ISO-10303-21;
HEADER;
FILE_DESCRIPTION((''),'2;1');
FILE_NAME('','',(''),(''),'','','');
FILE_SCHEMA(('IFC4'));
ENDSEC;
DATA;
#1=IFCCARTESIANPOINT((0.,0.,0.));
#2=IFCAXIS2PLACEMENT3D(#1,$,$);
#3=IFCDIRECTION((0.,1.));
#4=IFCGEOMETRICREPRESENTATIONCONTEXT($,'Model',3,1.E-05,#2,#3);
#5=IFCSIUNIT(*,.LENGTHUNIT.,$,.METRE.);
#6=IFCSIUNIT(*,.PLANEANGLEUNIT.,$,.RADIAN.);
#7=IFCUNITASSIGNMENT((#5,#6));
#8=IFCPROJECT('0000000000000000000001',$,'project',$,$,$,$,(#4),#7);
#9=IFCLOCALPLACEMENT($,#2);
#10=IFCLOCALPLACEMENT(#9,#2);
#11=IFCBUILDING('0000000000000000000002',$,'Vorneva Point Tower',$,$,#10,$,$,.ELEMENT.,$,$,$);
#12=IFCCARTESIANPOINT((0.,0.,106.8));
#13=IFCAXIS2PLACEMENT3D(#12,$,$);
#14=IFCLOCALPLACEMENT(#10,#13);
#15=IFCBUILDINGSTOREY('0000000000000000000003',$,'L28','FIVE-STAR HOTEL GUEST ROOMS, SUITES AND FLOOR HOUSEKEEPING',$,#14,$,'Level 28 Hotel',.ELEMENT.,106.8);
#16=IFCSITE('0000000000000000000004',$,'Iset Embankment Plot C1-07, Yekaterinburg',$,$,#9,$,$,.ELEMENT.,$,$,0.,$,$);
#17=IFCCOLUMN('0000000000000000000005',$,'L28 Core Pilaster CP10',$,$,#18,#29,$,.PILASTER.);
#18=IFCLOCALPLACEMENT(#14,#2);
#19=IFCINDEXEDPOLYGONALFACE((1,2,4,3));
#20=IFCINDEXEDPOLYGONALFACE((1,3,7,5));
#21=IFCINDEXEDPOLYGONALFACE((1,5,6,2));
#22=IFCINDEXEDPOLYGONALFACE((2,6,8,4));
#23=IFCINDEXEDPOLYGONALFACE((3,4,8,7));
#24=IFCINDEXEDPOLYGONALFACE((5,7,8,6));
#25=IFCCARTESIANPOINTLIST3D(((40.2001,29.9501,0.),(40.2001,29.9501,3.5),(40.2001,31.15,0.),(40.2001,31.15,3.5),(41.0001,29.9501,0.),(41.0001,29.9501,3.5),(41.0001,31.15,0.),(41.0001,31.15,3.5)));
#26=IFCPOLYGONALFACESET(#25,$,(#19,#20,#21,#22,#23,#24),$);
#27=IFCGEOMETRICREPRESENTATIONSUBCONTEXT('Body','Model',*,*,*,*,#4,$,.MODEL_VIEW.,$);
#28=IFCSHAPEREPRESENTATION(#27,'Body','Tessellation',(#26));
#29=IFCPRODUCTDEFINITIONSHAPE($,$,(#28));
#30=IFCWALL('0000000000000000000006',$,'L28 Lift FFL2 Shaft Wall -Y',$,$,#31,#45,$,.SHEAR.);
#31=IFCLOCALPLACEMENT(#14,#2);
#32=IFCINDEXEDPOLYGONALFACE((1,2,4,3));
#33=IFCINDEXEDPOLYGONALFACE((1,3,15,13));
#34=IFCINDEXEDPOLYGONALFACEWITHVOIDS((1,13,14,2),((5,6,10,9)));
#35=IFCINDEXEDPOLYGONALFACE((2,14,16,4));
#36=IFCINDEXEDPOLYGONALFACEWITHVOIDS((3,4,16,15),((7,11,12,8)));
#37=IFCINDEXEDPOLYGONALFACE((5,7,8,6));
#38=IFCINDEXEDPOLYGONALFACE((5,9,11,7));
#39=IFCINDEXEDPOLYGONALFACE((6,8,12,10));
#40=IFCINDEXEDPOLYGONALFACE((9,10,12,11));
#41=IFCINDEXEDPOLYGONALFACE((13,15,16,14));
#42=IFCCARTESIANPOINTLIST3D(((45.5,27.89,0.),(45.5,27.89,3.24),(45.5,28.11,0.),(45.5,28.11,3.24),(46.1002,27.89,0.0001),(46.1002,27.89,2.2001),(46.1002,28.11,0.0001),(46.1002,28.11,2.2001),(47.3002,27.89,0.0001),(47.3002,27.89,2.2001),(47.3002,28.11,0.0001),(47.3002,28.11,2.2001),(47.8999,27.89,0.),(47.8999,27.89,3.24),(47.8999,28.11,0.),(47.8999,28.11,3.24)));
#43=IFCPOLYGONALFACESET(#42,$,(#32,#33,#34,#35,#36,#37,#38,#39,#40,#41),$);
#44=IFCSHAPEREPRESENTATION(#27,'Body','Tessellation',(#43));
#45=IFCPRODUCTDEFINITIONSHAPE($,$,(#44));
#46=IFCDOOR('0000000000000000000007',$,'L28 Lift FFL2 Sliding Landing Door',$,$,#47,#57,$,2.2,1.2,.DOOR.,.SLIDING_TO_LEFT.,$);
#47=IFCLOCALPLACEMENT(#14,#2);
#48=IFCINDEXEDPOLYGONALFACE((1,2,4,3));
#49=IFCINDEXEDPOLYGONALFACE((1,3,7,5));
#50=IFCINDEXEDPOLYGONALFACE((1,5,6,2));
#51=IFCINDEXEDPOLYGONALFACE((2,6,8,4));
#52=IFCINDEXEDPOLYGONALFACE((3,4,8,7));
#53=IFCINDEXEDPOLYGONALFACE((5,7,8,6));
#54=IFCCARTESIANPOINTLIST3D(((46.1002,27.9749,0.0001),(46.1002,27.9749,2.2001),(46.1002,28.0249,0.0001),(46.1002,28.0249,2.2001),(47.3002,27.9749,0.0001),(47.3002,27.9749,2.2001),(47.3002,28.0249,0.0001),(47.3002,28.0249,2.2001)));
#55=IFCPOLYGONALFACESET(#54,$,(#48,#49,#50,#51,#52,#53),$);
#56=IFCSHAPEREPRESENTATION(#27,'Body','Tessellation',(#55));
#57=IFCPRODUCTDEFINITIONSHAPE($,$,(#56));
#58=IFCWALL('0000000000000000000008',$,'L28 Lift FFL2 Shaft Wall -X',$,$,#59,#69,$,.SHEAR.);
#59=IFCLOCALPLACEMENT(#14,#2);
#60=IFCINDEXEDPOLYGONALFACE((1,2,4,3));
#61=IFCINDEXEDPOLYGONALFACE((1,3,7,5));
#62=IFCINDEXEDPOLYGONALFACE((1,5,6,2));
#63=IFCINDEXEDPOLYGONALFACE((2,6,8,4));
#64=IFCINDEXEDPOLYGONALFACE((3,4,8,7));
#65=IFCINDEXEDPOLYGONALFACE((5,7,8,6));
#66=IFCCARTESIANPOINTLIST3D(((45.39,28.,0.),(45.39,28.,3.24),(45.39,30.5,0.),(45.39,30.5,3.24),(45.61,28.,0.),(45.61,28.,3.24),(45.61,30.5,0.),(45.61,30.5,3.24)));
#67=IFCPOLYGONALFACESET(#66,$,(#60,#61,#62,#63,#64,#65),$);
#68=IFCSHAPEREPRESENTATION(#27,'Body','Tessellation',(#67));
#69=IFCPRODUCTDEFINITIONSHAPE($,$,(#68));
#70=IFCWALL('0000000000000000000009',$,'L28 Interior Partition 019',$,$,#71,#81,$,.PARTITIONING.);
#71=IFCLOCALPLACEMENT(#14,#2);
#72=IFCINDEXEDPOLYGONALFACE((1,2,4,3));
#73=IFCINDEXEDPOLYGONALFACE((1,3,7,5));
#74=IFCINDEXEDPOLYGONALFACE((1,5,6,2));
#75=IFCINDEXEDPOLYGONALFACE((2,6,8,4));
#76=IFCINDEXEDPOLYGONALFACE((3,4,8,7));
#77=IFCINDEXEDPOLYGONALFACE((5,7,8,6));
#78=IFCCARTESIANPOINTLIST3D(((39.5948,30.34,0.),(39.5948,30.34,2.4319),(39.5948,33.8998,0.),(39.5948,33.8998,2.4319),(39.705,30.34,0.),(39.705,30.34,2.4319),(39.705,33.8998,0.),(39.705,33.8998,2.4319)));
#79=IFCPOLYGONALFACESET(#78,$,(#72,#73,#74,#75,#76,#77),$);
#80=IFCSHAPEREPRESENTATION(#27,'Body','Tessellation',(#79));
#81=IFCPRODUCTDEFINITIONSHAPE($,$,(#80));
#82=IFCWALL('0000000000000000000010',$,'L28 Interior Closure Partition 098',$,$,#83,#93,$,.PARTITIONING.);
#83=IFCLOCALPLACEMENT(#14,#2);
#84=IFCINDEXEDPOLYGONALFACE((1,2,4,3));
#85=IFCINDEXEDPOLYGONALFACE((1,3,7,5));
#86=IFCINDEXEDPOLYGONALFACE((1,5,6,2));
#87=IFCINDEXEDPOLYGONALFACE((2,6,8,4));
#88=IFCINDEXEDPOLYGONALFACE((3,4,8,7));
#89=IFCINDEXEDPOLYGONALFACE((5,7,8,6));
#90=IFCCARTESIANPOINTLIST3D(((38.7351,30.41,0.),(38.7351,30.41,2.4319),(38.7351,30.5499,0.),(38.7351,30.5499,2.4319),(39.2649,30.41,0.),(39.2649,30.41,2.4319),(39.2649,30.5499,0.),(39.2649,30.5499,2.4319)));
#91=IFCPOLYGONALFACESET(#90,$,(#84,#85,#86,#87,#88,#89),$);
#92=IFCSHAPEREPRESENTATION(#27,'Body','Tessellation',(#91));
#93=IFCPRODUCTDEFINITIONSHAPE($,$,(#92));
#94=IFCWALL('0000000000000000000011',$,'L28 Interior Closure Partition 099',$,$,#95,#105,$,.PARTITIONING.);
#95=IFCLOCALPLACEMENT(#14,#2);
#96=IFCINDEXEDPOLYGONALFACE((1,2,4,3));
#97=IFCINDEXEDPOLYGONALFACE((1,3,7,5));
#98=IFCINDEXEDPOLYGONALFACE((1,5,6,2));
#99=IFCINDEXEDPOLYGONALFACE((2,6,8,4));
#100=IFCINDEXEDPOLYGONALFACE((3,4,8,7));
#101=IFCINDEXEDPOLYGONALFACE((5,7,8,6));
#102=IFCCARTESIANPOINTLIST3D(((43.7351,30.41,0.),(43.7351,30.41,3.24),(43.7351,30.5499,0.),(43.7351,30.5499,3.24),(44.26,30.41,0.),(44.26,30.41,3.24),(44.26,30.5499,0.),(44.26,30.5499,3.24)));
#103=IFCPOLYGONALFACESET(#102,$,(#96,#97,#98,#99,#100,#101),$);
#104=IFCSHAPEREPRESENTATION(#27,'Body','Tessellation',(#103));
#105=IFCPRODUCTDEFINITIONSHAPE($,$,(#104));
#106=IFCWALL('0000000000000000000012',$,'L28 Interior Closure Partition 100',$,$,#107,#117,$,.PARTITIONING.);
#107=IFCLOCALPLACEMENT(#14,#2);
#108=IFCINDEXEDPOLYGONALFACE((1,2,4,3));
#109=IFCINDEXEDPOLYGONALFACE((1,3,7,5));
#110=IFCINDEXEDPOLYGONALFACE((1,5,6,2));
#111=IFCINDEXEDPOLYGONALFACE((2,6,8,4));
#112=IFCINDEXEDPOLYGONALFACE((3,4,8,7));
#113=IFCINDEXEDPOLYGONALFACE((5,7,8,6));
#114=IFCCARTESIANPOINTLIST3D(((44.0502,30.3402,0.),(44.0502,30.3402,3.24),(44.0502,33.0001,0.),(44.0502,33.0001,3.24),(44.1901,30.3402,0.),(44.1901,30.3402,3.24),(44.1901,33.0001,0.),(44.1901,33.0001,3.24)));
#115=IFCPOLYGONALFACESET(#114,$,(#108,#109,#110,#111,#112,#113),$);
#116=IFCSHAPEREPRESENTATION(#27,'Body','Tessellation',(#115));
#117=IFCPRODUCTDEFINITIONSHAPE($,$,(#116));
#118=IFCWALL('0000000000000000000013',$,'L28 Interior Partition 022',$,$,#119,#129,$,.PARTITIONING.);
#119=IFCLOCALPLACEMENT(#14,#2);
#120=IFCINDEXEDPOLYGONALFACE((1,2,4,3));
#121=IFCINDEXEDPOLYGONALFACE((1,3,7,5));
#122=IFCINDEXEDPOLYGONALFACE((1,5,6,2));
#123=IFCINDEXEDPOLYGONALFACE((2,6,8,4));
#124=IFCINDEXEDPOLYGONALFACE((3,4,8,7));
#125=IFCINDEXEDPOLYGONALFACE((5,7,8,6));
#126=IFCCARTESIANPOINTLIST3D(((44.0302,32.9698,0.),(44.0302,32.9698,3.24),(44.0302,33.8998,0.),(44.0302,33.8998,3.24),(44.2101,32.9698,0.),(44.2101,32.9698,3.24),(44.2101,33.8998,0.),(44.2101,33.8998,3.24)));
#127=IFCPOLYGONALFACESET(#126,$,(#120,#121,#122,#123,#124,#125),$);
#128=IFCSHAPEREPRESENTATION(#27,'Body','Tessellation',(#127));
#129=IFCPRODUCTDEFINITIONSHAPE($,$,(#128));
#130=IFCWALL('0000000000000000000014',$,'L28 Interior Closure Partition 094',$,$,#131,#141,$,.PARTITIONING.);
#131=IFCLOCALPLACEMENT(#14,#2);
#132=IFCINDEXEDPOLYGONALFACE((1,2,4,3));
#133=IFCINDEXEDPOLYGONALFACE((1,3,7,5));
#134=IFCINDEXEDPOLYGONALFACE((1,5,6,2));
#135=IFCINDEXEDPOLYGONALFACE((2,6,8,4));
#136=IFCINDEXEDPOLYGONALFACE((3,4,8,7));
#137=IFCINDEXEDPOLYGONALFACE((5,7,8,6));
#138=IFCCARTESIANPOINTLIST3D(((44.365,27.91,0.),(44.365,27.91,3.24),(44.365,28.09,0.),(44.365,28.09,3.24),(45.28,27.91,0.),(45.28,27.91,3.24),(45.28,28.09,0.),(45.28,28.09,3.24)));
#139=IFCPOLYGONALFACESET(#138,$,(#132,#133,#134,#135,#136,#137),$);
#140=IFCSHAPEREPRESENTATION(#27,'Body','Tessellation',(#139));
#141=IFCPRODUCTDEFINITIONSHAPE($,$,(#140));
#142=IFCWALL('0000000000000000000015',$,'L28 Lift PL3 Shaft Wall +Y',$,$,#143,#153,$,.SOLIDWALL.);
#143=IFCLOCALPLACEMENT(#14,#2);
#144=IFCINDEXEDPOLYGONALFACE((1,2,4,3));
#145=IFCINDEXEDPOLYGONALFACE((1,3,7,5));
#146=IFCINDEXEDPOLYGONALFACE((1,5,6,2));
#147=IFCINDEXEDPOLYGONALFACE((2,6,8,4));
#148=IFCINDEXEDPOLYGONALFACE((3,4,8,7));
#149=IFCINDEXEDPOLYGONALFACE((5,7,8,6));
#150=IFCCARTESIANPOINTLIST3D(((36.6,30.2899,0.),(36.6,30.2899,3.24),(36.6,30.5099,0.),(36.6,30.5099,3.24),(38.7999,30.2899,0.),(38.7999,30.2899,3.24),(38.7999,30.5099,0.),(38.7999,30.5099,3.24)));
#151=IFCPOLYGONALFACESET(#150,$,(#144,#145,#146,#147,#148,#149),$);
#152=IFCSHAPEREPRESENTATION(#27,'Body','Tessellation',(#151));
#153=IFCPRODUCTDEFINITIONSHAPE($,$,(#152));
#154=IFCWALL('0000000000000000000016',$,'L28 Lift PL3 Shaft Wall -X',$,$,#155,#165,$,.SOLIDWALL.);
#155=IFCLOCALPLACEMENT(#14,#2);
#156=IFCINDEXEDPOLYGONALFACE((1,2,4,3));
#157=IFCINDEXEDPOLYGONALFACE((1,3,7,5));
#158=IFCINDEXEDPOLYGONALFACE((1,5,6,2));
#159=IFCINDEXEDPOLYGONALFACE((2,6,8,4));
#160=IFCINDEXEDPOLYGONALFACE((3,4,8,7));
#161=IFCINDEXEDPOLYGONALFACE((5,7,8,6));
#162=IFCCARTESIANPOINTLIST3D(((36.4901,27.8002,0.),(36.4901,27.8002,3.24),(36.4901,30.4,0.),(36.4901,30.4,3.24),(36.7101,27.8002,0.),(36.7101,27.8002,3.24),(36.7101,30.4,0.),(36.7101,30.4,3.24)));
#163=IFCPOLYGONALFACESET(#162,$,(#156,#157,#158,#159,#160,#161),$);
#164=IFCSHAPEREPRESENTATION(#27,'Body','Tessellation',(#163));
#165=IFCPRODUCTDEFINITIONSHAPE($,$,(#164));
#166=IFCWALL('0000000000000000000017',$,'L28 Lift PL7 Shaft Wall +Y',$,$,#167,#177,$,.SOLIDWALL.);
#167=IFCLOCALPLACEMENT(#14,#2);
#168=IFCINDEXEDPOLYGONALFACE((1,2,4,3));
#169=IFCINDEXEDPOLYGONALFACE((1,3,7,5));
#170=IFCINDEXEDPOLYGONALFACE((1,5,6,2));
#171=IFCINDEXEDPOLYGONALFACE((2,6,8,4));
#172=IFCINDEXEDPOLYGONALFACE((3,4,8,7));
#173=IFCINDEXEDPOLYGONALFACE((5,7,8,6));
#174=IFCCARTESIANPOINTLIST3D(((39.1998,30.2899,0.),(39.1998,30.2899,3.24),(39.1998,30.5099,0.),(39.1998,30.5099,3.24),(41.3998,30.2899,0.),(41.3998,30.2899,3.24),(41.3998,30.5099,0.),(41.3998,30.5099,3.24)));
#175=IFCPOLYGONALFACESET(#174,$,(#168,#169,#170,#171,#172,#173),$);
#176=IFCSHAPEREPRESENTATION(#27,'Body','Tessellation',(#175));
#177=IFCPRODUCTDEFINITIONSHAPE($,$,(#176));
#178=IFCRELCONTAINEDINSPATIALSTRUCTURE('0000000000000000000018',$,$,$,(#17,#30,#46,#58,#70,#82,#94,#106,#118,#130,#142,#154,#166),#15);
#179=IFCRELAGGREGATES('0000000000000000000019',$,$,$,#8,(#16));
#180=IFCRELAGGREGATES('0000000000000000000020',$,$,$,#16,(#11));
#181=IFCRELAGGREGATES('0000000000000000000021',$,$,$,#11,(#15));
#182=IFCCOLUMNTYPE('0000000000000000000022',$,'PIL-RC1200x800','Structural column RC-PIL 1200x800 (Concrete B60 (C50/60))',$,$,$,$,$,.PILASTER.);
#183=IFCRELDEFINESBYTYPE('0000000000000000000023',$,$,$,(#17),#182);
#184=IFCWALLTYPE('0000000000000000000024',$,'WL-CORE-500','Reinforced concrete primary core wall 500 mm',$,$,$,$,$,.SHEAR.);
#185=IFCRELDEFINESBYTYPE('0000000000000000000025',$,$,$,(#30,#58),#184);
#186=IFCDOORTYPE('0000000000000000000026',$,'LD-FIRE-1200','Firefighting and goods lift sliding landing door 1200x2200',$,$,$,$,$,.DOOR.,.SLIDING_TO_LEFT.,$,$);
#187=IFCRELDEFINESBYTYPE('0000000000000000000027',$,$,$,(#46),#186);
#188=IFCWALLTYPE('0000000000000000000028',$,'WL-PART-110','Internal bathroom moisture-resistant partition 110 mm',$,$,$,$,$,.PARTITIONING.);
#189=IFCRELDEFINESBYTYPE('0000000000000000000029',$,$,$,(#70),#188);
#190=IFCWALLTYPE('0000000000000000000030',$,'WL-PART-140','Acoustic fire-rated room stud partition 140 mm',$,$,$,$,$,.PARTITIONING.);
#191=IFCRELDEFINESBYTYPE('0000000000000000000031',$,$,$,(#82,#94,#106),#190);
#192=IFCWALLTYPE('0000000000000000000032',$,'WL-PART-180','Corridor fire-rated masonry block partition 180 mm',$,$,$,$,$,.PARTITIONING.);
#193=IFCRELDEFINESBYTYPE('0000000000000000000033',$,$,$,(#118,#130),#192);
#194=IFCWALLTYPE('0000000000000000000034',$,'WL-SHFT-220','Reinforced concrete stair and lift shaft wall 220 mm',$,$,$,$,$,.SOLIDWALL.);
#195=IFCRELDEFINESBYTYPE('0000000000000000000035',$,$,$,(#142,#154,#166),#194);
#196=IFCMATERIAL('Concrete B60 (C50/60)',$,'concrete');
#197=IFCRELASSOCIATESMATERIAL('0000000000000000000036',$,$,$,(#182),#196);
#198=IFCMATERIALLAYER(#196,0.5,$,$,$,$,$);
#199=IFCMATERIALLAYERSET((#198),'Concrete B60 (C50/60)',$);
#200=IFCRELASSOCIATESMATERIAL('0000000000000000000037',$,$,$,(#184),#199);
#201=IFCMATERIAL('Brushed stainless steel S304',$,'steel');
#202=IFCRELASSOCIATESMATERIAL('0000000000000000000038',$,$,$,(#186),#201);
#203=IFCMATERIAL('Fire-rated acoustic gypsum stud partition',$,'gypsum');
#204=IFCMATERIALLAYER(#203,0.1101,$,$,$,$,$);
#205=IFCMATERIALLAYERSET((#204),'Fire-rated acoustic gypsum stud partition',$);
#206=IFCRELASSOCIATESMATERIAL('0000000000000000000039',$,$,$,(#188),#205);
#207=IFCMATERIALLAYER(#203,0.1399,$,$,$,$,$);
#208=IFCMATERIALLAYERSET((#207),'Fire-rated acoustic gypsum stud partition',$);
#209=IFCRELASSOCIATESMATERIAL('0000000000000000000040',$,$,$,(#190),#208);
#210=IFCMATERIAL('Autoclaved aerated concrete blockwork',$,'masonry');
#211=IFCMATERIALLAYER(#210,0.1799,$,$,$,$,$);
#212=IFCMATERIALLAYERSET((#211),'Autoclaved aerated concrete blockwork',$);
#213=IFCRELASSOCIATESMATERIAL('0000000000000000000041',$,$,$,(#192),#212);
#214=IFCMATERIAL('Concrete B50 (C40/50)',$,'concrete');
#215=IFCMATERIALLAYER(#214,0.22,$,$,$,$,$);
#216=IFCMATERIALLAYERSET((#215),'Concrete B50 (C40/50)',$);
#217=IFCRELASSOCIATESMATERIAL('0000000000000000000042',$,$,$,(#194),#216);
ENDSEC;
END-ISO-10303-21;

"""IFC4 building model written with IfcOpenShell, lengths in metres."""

from ifc_helpers import new_model, si_unit, direction, frame, frame_2d, origin, origin_2d, place, context, subcontext, project, spatial, rectangle, extrude, material, layer, layer_set, material_profile, profile_set, type_object, element, fill, save


model = new_model("IFC4")

# Units and contexts
model_context = context("Model", 3, precision=1e-05, world=origin(), true_north=direction((0.0, 1.0)))
body_context = subcontext(model_context, "Body", "Model", "MODEL_VIEW")
ifc_project = project(units=[si_unit("LENGTHUNIT", "METRE"), si_unit("PLANEANGLEUNIT", "RADIAN")], contexts=[model_context])

# Site, building, storey
site_placement = place(None, origin())
site = spatial("IfcSite", under=ifc_project, at=site_placement, Name="Iset Embankment Plot C1-07, Yekaterinburg", CompositionType="ELEMENT", RefElevation=0.0)
building_placement = place(site_placement, origin())
building = spatial("IfcBuilding", under=site, at=building_placement, Name="Vorneva Point Tower", CompositionType="ELEMENT")
storey_placement = place(building_placement, frame((0.0, 0.0, 106.8)))
storey = spatial("IfcBuildingStorey", under=building, at=storey_placement, Name="L28", Description="FIVE-STAR HOTEL GUEST ROOMS, SUITES AND FLOOR HOUSEKEEPING", LongName="Level 28 Hotel", CompositionType="ELEMENT", Elevation=106.8)

# Column
ifc_material_1 = material(Name="Concrete B60 (C50/60)", Category="concrete")
ifc_material_profile = material_profile(ifc_material_1, rectangle(XDim=0.8, YDim=1.2, at=origin_2d()), Name="RC-PIL 1200x800")
ifc_profile_set = profile_set([ifc_material_profile], Name="Concrete B60 (C50/60)")
column_type = type_object("IfcColumnType", Name="PIL-RC1200x800", Description="Structural column RC-PIL 1200x800 (Concrete B60 (C50/60))", PredefinedType="PILASTER", material=ifc_profile_set)
column_placement = place(storey_placement, frame((40.6001, 30.55, 0.0), z_axis=(0.0, 0.0, 1.0), x_axis=(1.0, 0.0, 0.0)))
element("IfcColumn", 1, at=column_placement, inside=storey, type_object=column_type, Name="L28 Core Pilaster CP10", PredefinedType="PILASTER", context=body_context, shape_type="SweptSolid", body=[
    extrude(rectangle(XDim=0.8, YDim=1.2, at=origin_2d()), origin(), (0.0, 0.0, 1.0), 3.5),
])

# Wall, opening, door
ifc_layer_1 = layer(ifc_material_1, 0.5)
ifc_layer_set_1 = layer_set([ifc_layer_1], Name="Concrete B60 (C50/60)")
wall_type_1 = type_object("IfcWallType", Name="WL-CORE-500", Description="Reinforced concrete primary core wall 500 mm", PredefinedType="SHEAR", material=ifc_layer_set_1)
wall_1_placement = place(storey_placement, frame((45.5, 28.0, 0.0), z_axis=(0.0, 0.0, 1.0), x_axis=(1.0, 0.0, 0.0)))
wall_1 = element("IfcWall", 2, at=wall_1_placement, inside=storey, type_object=wall_type_1, Name="L28 Lift FFL2 Shaft Wall -Y", PredefinedType="SHEAR", context=body_context, shape_type="SweptSolid", body=[
    extrude(rectangle(XDim=2.3999, YDim=0.22, at=frame_2d((1.2, 0.0))), origin(), (0.0, 0.0, 1.0), 3.24),
])
opening_placement = place(wall_1_placement, frame((0.6001, 0.0, 0.0)))
opening = element("IfcOpeningElement", 3, at=opening_placement, cuts=wall_1, PredefinedType="OPENING", context=body_context, shape_type="SweptSolid", body=[
    extrude(rectangle(XDim=1.2, YDim=2.2, at=frame_2d((0.6001, 1.1001))), frame((0.0, 0.125, 0.0), z_axis=(0.0, -1.0, 0.0), x_axis=(1.0, 0.0, 0.0)), (0.0, 0.0, 1.0), 0.2498),
])
ifc_material_2 = material(Name="Brushed stainless steel S304", Category="steel")
door_type = type_object("IfcDoorType", Name="LD-FIRE-1200", Description="Firefighting and goods lift sliding landing door 1200x2200", OperationType="SLIDING_TO_LEFT", PredefinedType="DOOR", material=ifc_material_2)
door_placement = place(opening_placement, origin())
door = element("IfcDoor", 4, at=door_placement, inside=storey, type_object=door_type, Name="L28 Lift FFL2 Sliding Landing Door", OperationType="SLIDING_TO_LEFT", OverallHeight=2.2, OverallWidth=1.2, PredefinedType="DOOR", context=body_context, shape_type="SweptSolid", body=[
    extrude(rectangle(XDim=1.2, YDim=2.2, at=frame_2d((0.6001, 1.1001))), frame((0.0, 0.0249, 0.0), z_axis=(0.0, -1.0, 0.0), x_axis=(1.0, 0.0, 0.0)), (0.0, 0.0, 1.0), 0.05),
])
fill(opening, door)

# Walls
wall_2_placement = place(storey_placement, frame((45.5, 30.5, 0.0), z_axis=(0.0, 0.0, 1.0), x_axis=(0.0, -1.0, 0.0)))
element("IfcWall", 5, at=wall_2_placement, inside=storey, type_object=wall_type_1, Name="L28 Lift FFL2 Shaft Wall -X", PredefinedType="SHEAR", context=body_context, shape_type="SweptSolid", body=[
    extrude(rectangle(XDim=2.5, YDim=0.22, at=frame_2d((1.25, 0.0))), origin(), (0.0, 0.0, 1.0), 3.24),
])
ifc_material_3 = material(Name="Fire-rated acoustic gypsum stud partition", Category="gypsum")
ifc_layer_2 = layer(ifc_material_3, 0.1101)
ifc_layer_set_2 = layer_set([ifc_layer_2], Name="Fire-rated acoustic gypsum stud partition")
wall_type_2 = type_object("IfcWallType", Name="WL-PART-110", Description="Internal bathroom moisture-resistant partition 110 mm", PredefinedType="PARTITIONING", material=ifc_layer_set_2)
wall_3_placement = place(storey_placement, frame((39.6499, 30.3401, 0.0), z_axis=(0.0, 0.0, 1.0), x_axis=(0.0, 1.0, 0.0)))
element("IfcWall", 6, at=wall_3_placement, inside=storey, type_object=wall_type_2, Name="L28 Interior Partition 019", PredefinedType="PARTITIONING", context=body_context, shape_type="SweptSolid", body=[
    extrude(rectangle(XDim=3.5598, YDim=0.1101, at=frame_2d((1.7798, 0.0))), origin(), (0.0, 0.0, 1.0), 2.4319),
])
ifc_layer_3 = layer(ifc_material_3, 0.1399)
ifc_layer_set_3 = layer_set([ifc_layer_3], Name="Fire-rated acoustic gypsum stud partition")
wall_type_3 = type_object("IfcWallType", Name="WL-PART-140", Description="Acoustic fire-rated room stud partition 140 mm", PredefinedType="PARTITIONING", material=ifc_layer_set_3)
wall_4_placement = place(storey_placement, frame((38.7351, 30.48, 0.0), z_axis=(0.0, 0.0, 1.0), x_axis=(1.0, 0.0, 0.0)))
element("IfcWall", 7, at=wall_4_placement, inside=storey, type_object=wall_type_3, Name="L28 Interior Closure Partition 098", PredefinedType="PARTITIONING", context=body_context, shape_type="SweptSolid", body=[
    extrude(rectangle(XDim=0.5298, YDim=0.1399, at=frame_2d((0.2649, 0.0))), origin(), (0.0, 0.0, 1.0), 2.4319),
])
wall_5_placement = place(storey_placement, frame((43.7351, 30.48, 0.0), z_axis=(0.0, 0.0, 1.0), x_axis=(1.0, 0.0, 0.0)))
element("IfcWall", 8, at=wall_5_placement, inside=storey, type_object=wall_type_3, Name="L28 Interior Closure Partition 099", PredefinedType="PARTITIONING", context=body_context, shape_type="SweptSolid", body=[
    extrude(rectangle(XDim=0.5249, YDim=0.1399, at=frame_2d((0.2625, 0.0))), origin(), (0.0, 0.0, 1.0), 3.24),
])
wall_6_placement = place(storey_placement, frame((44.1201, 30.3401, 0.0), z_axis=(0.0, 0.0, 1.0), x_axis=(0.0, 1.0, 0.0)))
element("IfcWall", 9, at=wall_6_placement, inside=storey, type_object=wall_type_3, Name="L28 Interior Closure Partition 100", PredefinedType="PARTITIONING", context=body_context, shape_type="SweptSolid", body=[
    extrude(rectangle(XDim=2.6599, YDim=0.1399, at=frame_2d((1.3301, 0.0))), origin(), (0.0, 0.0, 1.0), 3.24),
])
ifc_material_4 = material(Name="Autoclaved aerated concrete blockwork", Category="masonry")
ifc_layer_4 = layer(ifc_material_4, 0.1799)
ifc_layer_set_4 = layer_set([ifc_layer_4], Name="Autoclaved aerated concrete blockwork")
wall_type_4 = type_object("IfcWallType", Name="WL-PART-180", Description="Corridor fire-rated masonry block partition 180 mm", PredefinedType="PARTITIONING", material=ifc_layer_set_4)
wall_7_placement = place(storey_placement, frame((44.1201, 32.97, 0.0), z_axis=(0.0, 0.0, 1.0), x_axis=(0.0, 1.0, 0.0)))
element("IfcWall", 10, at=wall_7_placement, inside=storey, type_object=wall_type_4, Name="L28 Interior Partition 022", PredefinedType="PARTITIONING", context=body_context, shape_type="SweptSolid", body=[
    extrude(rectangle(XDim=0.9299, YDim=0.1799, at=frame_2d((0.4648, 0.0))), origin(), (0.0, 0.0, 1.0), 3.24),
])
wall_8_placement = place(storey_placement, frame((45.28, 28.0, 0.0), z_axis=(0.0, 0.0, 1.0), x_axis=(-1.0, 0.0, 0.0)))
element("IfcWall", 11, at=wall_8_placement, inside=storey, type_object=wall_type_4, Name="L28 Interior Closure Partition 094", PredefinedType="PARTITIONING", context=body_context, shape_type="SweptSolid", body=[
    extrude(rectangle(XDim=0.915, YDim=0.1799, at=frame_2d((0.4575, 0.0))), origin(), (0.0, 0.0, 1.0), 3.24),
])
ifc_material_5 = material(Name="Concrete B50 (C40/50)", Category="concrete")
ifc_layer_5 = layer(ifc_material_5, 0.22)
ifc_layer_set_5 = layer_set([ifc_layer_5], Name="Concrete B50 (C40/50)")
wall_type_5 = type_object("IfcWallType", Name="WL-SHFT-220", Description="Reinforced concrete stair and lift shaft wall 220 mm", PredefinedType="SOLIDWALL", material=ifc_layer_set_5)
wall_9_placement = place(storey_placement, frame((38.8, 30.3999, 0.0), z_axis=(0.0, 0.0, 1.0), x_axis=(-1.0, 0.0, 0.0)))
element("IfcWall", 12, at=wall_9_placement, inside=storey, type_object=wall_type_5, Name="L28 Lift PL3 Shaft Wall +Y", PredefinedType="SOLIDWALL", context=body_context, shape_type="SweptSolid", body=[
    extrude(rectangle(XDim=2.2, YDim=0.22, at=frame_2d((1.1001, 0.0))), origin(), (0.0, 0.0, 1.0), 3.24),
])
wall_10_placement = place(storey_placement, frame((36.6001, 30.3999, 0.0), z_axis=(0.0, 0.0, 1.0), x_axis=(0.0, -1.0, 0.0)))
element("IfcWall", 13, at=wall_10_placement, inside=storey, type_object=wall_type_5, Name="L28 Lift PL3 Shaft Wall -X", PredefinedType="SOLIDWALL", context=body_context, shape_type="SweptSolid", body=[
    extrude(rectangle(XDim=2.5999, YDim=0.22, at=frame_2d((1.2998, 0.0))), origin(), (0.0, 0.0, 1.0), 3.24),
])
wall_11_placement = place(storey_placement, frame((41.3999, 30.3999, 0.0), z_axis=(0.0, 0.0, 1.0), x_axis=(-1.0, 0.0, 0.0)))
element("IfcWall", 14, at=wall_11_placement, inside=storey, type_object=wall_type_5, Name="L28 Lift PL7 Shaft Wall +Y", PredefinedType="SOLIDWALL", context=body_context, shape_type="SweptSolid", body=[
    extrude(rectangle(XDim=2.2, YDim=0.22, at=frame_2d((1.1001, 0.0))), origin(), (0.0, 0.0, 1.0), 3.24),
])

save(model, "model.ifc")
